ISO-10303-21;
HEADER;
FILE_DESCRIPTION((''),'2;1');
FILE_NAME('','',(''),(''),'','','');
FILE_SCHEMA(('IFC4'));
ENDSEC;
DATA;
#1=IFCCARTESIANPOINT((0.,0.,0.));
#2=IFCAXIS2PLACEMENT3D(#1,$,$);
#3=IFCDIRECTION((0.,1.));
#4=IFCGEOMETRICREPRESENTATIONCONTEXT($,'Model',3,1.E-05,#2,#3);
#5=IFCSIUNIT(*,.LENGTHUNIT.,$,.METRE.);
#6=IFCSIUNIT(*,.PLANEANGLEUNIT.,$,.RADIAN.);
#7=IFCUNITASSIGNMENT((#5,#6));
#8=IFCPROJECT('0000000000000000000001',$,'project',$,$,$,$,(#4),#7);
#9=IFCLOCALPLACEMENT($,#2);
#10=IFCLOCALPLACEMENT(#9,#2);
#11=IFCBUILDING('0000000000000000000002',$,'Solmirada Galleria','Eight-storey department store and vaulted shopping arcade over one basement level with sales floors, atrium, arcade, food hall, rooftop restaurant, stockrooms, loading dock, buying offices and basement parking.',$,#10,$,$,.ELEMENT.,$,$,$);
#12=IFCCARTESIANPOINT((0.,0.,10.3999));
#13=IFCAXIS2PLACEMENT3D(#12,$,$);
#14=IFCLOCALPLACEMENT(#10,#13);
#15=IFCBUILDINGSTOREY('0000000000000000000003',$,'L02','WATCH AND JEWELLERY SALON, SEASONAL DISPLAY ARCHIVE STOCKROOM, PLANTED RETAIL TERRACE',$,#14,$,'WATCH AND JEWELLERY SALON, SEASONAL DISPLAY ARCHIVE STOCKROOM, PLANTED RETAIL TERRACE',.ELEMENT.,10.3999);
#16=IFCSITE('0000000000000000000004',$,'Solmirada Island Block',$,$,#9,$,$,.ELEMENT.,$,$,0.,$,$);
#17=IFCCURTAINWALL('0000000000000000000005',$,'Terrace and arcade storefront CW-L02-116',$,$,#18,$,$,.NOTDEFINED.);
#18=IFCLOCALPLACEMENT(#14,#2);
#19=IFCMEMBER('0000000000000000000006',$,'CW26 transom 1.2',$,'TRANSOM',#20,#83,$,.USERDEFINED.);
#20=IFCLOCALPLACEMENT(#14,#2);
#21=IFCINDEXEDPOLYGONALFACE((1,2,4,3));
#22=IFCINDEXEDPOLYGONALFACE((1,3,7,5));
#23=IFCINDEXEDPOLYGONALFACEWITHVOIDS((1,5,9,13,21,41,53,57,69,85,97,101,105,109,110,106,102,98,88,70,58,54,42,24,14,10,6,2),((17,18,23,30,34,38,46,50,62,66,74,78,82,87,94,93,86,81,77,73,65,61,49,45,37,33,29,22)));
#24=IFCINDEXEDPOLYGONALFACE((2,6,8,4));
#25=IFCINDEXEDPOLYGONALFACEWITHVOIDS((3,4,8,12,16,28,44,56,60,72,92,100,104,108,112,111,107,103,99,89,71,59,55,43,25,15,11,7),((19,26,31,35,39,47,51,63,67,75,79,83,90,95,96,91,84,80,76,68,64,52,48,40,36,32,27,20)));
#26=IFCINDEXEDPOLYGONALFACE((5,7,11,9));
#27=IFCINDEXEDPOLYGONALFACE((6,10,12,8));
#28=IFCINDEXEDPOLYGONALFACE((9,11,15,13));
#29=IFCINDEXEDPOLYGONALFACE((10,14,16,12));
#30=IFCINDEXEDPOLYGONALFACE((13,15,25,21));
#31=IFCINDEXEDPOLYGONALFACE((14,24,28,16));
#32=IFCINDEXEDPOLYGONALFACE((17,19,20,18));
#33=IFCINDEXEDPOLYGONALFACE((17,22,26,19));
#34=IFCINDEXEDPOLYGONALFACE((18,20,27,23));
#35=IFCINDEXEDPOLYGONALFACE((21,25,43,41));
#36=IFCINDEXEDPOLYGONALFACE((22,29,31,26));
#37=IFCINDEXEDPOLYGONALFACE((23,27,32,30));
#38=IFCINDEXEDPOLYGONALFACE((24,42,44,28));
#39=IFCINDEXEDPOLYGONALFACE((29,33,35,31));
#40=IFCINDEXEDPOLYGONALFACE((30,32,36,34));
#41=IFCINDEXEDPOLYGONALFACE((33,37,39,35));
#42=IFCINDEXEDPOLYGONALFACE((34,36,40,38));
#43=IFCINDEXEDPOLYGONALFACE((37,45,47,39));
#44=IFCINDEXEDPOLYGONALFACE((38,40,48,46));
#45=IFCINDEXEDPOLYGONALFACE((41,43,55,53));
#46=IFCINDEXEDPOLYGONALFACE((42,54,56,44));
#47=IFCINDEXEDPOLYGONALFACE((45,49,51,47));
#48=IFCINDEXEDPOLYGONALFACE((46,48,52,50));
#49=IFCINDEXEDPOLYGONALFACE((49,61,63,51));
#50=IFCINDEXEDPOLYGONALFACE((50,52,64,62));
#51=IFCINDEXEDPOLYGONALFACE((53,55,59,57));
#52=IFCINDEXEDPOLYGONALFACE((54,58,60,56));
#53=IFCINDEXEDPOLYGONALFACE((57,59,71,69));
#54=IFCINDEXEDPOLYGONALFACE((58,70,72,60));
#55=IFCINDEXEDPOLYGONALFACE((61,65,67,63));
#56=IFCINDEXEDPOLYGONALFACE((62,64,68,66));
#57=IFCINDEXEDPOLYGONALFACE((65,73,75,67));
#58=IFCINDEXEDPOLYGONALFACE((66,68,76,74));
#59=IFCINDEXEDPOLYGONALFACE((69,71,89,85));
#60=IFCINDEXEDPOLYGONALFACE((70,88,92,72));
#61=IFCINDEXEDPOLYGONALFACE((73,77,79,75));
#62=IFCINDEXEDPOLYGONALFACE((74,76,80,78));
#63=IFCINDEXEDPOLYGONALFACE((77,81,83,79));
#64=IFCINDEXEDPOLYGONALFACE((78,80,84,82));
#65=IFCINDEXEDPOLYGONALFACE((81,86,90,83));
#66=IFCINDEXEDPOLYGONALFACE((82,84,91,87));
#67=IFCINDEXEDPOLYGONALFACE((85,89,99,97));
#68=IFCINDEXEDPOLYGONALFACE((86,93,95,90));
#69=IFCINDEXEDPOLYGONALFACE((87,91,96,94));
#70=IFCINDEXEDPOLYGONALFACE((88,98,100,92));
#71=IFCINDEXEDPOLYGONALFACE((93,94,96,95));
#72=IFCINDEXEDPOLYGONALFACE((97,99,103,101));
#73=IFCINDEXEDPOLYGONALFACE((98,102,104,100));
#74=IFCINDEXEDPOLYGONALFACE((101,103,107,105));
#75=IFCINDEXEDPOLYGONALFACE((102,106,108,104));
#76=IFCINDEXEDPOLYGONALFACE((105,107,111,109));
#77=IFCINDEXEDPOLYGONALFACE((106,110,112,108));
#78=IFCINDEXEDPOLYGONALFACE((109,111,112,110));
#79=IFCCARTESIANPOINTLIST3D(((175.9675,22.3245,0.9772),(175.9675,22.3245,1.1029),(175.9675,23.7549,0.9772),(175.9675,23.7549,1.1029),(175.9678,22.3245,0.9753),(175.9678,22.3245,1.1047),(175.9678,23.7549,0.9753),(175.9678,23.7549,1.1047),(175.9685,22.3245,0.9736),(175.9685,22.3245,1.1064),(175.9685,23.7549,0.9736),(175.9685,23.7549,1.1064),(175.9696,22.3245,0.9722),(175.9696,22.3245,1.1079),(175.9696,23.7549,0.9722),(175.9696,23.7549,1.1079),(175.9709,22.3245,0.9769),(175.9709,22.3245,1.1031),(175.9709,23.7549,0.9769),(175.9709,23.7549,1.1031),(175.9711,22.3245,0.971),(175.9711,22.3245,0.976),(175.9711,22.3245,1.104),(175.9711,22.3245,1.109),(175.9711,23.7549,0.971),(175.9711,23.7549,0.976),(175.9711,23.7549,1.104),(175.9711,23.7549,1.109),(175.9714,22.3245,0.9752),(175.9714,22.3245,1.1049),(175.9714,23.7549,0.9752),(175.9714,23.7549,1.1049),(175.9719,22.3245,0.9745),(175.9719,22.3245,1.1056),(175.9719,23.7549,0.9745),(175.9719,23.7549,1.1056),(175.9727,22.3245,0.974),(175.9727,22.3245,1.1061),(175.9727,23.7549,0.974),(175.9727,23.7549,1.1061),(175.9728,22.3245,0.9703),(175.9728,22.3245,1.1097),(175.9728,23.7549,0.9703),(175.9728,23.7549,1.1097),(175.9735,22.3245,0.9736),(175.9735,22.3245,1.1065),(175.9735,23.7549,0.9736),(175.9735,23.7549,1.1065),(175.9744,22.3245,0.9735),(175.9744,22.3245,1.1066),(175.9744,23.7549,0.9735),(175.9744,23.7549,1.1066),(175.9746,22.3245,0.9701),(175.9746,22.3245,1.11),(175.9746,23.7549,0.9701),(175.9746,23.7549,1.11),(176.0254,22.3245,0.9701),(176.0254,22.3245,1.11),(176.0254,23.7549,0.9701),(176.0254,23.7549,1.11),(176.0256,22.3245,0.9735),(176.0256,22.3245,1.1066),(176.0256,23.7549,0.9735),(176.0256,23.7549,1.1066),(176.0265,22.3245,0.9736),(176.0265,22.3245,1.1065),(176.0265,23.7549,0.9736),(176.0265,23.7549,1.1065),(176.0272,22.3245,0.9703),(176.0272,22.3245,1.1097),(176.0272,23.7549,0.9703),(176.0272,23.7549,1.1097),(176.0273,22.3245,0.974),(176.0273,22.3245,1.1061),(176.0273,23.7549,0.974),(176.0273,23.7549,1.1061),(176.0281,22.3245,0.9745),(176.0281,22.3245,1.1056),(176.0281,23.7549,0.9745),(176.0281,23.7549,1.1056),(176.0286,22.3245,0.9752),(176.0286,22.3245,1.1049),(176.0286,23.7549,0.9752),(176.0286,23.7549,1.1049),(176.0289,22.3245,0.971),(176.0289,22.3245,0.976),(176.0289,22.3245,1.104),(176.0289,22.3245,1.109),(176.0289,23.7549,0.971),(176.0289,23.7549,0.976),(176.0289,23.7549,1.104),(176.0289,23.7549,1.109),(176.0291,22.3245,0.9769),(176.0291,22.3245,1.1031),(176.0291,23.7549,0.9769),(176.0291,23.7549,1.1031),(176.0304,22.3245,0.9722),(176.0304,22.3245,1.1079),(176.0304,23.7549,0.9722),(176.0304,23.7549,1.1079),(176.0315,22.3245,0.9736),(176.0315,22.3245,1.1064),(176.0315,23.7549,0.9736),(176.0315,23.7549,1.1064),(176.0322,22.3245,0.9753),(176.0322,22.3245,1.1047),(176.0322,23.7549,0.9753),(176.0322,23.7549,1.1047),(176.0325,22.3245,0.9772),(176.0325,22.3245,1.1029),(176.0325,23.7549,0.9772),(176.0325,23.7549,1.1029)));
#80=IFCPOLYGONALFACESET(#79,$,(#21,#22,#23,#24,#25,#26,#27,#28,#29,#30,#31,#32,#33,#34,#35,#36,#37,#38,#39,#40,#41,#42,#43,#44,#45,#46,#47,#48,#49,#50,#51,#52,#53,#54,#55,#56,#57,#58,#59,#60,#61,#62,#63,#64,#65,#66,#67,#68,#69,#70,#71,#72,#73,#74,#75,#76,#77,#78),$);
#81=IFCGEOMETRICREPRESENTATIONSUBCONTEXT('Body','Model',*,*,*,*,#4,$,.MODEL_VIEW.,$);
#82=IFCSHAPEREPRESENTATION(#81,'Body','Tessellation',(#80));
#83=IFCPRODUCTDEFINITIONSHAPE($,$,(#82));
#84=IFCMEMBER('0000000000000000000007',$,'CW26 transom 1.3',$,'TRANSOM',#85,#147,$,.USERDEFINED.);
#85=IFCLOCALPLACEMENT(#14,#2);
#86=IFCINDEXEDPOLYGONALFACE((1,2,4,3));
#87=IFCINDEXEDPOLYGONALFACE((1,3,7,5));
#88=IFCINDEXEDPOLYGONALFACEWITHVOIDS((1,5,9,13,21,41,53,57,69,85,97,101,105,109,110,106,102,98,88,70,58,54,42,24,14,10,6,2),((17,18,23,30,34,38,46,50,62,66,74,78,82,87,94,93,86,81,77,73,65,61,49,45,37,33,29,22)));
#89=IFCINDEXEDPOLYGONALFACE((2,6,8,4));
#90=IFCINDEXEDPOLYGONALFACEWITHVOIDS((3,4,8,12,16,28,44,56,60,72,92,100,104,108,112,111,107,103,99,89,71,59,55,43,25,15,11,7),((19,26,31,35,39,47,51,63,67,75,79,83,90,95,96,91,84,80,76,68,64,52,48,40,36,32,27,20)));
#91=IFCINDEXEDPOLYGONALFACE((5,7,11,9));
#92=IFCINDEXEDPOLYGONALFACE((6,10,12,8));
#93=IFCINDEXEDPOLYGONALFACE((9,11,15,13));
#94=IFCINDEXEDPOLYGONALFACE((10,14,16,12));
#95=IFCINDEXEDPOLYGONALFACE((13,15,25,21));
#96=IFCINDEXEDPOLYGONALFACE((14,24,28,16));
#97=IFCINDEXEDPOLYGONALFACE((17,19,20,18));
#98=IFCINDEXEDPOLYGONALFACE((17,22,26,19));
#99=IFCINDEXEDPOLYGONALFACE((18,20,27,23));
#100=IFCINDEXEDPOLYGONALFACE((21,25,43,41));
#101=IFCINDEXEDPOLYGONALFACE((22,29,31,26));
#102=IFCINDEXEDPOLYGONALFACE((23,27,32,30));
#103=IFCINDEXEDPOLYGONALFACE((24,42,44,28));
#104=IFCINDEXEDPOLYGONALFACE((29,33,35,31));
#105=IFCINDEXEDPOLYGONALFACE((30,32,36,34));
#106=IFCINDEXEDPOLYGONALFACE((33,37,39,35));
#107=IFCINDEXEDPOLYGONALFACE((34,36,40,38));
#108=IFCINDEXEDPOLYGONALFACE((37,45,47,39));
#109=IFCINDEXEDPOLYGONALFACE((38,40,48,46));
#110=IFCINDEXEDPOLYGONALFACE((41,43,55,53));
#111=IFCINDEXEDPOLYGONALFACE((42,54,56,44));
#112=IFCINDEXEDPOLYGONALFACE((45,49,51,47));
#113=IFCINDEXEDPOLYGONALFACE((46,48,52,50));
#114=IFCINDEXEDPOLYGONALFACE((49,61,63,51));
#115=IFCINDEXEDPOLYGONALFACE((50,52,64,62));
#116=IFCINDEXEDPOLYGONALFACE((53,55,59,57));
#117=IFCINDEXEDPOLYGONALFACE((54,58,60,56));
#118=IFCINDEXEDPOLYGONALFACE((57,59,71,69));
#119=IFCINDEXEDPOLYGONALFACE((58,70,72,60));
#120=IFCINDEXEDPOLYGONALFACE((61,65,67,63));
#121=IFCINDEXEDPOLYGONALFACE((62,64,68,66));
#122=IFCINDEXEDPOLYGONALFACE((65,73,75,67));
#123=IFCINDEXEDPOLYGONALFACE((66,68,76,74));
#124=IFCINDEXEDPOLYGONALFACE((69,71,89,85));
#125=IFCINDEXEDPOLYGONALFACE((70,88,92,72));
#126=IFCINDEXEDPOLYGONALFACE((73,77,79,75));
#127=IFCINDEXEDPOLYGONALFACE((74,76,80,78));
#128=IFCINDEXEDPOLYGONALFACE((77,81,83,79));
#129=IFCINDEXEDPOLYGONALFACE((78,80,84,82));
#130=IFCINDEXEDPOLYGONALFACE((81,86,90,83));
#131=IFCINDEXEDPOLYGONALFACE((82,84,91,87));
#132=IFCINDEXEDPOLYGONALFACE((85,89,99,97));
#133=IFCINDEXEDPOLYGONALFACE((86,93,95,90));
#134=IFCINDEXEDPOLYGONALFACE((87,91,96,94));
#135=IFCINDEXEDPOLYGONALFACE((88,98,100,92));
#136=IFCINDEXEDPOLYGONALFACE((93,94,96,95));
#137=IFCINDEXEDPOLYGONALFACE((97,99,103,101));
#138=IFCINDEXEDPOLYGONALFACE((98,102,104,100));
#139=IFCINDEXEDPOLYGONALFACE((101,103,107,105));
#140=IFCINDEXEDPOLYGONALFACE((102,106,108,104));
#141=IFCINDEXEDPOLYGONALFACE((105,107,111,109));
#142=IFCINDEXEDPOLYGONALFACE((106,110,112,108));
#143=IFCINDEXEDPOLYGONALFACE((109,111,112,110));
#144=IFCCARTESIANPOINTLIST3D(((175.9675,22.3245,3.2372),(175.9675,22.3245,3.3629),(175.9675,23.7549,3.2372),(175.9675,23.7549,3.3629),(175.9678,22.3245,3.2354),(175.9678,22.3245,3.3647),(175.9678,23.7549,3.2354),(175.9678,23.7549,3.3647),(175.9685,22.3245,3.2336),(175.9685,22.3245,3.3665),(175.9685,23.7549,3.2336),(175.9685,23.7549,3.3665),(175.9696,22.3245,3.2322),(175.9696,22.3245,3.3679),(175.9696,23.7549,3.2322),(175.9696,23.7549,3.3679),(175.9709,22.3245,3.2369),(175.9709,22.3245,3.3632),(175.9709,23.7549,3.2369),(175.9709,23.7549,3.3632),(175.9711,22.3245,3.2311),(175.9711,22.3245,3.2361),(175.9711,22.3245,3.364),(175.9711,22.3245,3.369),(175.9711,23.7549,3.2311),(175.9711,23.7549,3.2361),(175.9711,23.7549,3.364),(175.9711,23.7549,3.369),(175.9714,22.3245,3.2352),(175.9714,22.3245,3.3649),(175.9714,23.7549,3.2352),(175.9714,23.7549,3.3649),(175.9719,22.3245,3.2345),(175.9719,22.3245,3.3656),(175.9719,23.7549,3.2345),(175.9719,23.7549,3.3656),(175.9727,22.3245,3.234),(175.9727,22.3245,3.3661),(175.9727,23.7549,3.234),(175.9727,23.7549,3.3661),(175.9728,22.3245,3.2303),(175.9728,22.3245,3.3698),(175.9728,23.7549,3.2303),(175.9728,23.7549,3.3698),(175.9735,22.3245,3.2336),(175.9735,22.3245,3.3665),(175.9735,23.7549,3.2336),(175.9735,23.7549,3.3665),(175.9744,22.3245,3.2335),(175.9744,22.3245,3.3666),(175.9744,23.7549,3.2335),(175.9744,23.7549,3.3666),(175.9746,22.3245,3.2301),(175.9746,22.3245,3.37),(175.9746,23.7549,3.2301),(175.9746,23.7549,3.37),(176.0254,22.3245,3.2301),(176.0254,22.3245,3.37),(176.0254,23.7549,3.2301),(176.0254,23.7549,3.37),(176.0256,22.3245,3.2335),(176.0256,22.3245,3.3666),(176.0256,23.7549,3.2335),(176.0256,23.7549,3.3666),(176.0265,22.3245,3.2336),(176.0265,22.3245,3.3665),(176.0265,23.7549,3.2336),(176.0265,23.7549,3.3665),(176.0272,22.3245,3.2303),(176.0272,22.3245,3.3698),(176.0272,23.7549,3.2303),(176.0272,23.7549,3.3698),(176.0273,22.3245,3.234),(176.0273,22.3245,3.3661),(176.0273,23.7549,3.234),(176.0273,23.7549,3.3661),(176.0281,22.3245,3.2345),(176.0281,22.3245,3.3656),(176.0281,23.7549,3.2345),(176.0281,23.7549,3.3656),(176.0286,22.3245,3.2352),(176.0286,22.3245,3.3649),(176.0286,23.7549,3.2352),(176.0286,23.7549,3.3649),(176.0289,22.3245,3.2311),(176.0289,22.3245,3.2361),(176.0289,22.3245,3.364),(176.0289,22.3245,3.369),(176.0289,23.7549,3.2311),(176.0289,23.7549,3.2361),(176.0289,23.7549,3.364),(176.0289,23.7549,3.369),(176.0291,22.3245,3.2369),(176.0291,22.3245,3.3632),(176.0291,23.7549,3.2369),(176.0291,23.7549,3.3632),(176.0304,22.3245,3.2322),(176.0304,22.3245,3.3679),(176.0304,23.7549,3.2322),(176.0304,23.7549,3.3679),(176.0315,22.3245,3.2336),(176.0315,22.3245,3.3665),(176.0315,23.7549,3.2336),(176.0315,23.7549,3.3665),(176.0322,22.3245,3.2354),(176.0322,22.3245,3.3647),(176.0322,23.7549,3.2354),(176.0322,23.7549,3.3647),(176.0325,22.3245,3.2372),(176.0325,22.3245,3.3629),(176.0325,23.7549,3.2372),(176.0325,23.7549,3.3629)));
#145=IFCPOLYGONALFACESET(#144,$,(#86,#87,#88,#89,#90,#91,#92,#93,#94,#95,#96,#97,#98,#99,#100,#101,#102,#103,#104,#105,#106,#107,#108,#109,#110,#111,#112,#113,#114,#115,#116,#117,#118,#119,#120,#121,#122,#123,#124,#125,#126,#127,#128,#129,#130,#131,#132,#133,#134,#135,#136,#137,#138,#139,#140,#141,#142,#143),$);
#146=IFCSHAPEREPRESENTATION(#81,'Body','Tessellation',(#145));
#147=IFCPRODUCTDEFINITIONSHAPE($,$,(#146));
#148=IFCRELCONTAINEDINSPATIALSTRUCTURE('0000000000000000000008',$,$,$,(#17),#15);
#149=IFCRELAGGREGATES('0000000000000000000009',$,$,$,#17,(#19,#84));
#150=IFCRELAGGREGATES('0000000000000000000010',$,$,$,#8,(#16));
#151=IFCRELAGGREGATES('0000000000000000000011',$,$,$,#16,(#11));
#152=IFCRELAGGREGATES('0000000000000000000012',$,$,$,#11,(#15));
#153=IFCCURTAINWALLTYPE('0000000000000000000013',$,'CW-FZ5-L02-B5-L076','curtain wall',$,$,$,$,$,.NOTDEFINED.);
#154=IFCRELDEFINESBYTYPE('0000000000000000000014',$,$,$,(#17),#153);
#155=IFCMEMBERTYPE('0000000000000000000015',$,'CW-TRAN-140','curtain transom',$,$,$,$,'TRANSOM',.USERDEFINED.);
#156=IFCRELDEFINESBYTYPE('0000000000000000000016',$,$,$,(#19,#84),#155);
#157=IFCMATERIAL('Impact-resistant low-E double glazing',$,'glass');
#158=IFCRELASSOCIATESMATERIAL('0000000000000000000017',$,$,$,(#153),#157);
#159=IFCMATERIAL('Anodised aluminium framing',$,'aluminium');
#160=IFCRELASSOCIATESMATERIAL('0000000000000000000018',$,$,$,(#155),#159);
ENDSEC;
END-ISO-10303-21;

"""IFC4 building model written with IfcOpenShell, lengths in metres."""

from ifc_helpers import new_model, si_unit, direction, frame, origin, origin_2d, place, context, subcontext, project, spatial, hollow_rectangle, extrude, material, material_profile, profile_set, type_object, element, aggregate, save


model = new_model("IFC4")

# Units and contexts
model_context = context("Model", 3, precision=1e-05, world=origin(), true_north=direction((0.0, 1.0)))
body_context = subcontext(model_context, "Body", "Model", "MODEL_VIEW")
ifc_project = project(units=[si_unit("LENGTHUNIT", "METRE"), si_unit("PLANEANGLEUNIT", "RADIAN")], contexts=[model_context])

# Site, building, storey
site_placement = place(None, origin())
site = spatial("IfcSite", under=ifc_project, at=site_placement, Name="Solmirada Island Block", CompositionType="ELEMENT", RefElevation=0.0)
building_placement = place(site_placement, origin())
building = spatial("IfcBuilding", under=site, at=building_placement, Name="Solmirada Galleria", Description="Eight-storey department store and vaulted shopping arcade over one basement level with sales floors, atrium, arcade, food hall, rooftop restaurant, stockrooms, loading dock, buying offices and basement parking.", CompositionType="ELEMENT")
storey_placement = place(building_placement, frame((0.0, 0.0, 10.3999)))
storey = spatial("IfcBuildingStorey", under=building, at=storey_placement, Name="L02", Description="WATCH AND JEWELLERY SALON, SEASONAL DISPLAY ARCHIVE STOCKROOM, PLANTED RETAIL TERRACE", LongName="WATCH AND JEWELLERY SALON, SEASONAL DISPLAY ARCHIVE STOCKROOM, PLANTED RETAIL TERRACE", CompositionType="ELEMENT", Elevation=10.3999)

# Curtain wall, members
ifc_material_1 = material(Name="Impact-resistant low-E double glazing", Category="glass")
curtain_wall_type = type_object("IfcCurtainWallType", Name="CW-FZ5-L02-B5-L076", Description="curtain wall", PredefinedType="NOTDEFINED", material=ifc_material_1)
curtain_wall_placement = place(storey_placement, origin())
curtain_wall = element("IfcCurtainWall", 1, at=curtain_wall_placement, inside=storey, type_object=curtain_wall_type, Name="Terrace and arcade storefront CW-L02-116", PredefinedType="NOTDEFINED")
ifc_material_2 = material(Name="Anodised aluminium framing", Category="aluminium")
ifc_material_profile_1 = material_profile(ifc_material_2, hollow_rectangle(XDim=0.0649, YDim=0.1399, WallThickness=0.0034, InnerFilletRadius=0.0034, OuterFilletRadius=0.0071, at=origin_2d()), Name="ALU-TRAN-140X65")
ifc_profile_set_1 = profile_set([ifc_material_profile_1], Name="Anodised aluminium framing")
member_type_1 = type_object("IfcMemberType", Name="CW-TRAN-140", Description="curtain transom", ElementType="TRANSOM", PredefinedType="USERDEFINED", material=ifc_profile_set_1)
member_1_placement = place(storey_placement, frame((176.0, 23.7549, 1.04), z_axis=(0.0, -1.0, 0.0), x_axis=(1.0, 0.0, 0.0)))
member_1 = element("IfcMember", 2, at=member_1_placement, type_object=member_type_1, Name="CW26 transom 1.2", ObjectType="TRANSOM", PredefinedType="USERDEFINED", context=body_context, shape_type="SweptSolid", body=[
    extrude(hollow_rectangle(XDim=0.0649, YDim=0.1399, WallThickness=0.0034, InnerFilletRadius=0.0034, OuterFilletRadius=0.0071, at=origin_2d()), origin(), (0.0, 0.0, 1.0), 1.4304),
])
member_2_placement = place(storey_placement, frame((176.0, 23.7549, 3.3), z_axis=(0.0, -1.0, 0.0), x_axis=(1.0, 0.0, 0.0)))
member_2 = element("IfcMember", 3, at=member_2_placement, type_object=member_type_1, Name="CW26 transom 1.3", ObjectType="TRANSOM", PredefinedType="USERDEFINED", context=body_context, shape_type="SweptSolid", body=[
    extrude(hollow_rectangle(XDim=0.0649, YDim=0.1399, WallThickness=0.0034, InnerFilletRadius=0.0034, OuterFilletRadius=0.0071, at=origin_2d()), origin(), (0.0, 0.0, 1.0), 1.4304),
])
aggregate(curtain_wall, [member_1, member_2])

save(model, "model.ifc")
